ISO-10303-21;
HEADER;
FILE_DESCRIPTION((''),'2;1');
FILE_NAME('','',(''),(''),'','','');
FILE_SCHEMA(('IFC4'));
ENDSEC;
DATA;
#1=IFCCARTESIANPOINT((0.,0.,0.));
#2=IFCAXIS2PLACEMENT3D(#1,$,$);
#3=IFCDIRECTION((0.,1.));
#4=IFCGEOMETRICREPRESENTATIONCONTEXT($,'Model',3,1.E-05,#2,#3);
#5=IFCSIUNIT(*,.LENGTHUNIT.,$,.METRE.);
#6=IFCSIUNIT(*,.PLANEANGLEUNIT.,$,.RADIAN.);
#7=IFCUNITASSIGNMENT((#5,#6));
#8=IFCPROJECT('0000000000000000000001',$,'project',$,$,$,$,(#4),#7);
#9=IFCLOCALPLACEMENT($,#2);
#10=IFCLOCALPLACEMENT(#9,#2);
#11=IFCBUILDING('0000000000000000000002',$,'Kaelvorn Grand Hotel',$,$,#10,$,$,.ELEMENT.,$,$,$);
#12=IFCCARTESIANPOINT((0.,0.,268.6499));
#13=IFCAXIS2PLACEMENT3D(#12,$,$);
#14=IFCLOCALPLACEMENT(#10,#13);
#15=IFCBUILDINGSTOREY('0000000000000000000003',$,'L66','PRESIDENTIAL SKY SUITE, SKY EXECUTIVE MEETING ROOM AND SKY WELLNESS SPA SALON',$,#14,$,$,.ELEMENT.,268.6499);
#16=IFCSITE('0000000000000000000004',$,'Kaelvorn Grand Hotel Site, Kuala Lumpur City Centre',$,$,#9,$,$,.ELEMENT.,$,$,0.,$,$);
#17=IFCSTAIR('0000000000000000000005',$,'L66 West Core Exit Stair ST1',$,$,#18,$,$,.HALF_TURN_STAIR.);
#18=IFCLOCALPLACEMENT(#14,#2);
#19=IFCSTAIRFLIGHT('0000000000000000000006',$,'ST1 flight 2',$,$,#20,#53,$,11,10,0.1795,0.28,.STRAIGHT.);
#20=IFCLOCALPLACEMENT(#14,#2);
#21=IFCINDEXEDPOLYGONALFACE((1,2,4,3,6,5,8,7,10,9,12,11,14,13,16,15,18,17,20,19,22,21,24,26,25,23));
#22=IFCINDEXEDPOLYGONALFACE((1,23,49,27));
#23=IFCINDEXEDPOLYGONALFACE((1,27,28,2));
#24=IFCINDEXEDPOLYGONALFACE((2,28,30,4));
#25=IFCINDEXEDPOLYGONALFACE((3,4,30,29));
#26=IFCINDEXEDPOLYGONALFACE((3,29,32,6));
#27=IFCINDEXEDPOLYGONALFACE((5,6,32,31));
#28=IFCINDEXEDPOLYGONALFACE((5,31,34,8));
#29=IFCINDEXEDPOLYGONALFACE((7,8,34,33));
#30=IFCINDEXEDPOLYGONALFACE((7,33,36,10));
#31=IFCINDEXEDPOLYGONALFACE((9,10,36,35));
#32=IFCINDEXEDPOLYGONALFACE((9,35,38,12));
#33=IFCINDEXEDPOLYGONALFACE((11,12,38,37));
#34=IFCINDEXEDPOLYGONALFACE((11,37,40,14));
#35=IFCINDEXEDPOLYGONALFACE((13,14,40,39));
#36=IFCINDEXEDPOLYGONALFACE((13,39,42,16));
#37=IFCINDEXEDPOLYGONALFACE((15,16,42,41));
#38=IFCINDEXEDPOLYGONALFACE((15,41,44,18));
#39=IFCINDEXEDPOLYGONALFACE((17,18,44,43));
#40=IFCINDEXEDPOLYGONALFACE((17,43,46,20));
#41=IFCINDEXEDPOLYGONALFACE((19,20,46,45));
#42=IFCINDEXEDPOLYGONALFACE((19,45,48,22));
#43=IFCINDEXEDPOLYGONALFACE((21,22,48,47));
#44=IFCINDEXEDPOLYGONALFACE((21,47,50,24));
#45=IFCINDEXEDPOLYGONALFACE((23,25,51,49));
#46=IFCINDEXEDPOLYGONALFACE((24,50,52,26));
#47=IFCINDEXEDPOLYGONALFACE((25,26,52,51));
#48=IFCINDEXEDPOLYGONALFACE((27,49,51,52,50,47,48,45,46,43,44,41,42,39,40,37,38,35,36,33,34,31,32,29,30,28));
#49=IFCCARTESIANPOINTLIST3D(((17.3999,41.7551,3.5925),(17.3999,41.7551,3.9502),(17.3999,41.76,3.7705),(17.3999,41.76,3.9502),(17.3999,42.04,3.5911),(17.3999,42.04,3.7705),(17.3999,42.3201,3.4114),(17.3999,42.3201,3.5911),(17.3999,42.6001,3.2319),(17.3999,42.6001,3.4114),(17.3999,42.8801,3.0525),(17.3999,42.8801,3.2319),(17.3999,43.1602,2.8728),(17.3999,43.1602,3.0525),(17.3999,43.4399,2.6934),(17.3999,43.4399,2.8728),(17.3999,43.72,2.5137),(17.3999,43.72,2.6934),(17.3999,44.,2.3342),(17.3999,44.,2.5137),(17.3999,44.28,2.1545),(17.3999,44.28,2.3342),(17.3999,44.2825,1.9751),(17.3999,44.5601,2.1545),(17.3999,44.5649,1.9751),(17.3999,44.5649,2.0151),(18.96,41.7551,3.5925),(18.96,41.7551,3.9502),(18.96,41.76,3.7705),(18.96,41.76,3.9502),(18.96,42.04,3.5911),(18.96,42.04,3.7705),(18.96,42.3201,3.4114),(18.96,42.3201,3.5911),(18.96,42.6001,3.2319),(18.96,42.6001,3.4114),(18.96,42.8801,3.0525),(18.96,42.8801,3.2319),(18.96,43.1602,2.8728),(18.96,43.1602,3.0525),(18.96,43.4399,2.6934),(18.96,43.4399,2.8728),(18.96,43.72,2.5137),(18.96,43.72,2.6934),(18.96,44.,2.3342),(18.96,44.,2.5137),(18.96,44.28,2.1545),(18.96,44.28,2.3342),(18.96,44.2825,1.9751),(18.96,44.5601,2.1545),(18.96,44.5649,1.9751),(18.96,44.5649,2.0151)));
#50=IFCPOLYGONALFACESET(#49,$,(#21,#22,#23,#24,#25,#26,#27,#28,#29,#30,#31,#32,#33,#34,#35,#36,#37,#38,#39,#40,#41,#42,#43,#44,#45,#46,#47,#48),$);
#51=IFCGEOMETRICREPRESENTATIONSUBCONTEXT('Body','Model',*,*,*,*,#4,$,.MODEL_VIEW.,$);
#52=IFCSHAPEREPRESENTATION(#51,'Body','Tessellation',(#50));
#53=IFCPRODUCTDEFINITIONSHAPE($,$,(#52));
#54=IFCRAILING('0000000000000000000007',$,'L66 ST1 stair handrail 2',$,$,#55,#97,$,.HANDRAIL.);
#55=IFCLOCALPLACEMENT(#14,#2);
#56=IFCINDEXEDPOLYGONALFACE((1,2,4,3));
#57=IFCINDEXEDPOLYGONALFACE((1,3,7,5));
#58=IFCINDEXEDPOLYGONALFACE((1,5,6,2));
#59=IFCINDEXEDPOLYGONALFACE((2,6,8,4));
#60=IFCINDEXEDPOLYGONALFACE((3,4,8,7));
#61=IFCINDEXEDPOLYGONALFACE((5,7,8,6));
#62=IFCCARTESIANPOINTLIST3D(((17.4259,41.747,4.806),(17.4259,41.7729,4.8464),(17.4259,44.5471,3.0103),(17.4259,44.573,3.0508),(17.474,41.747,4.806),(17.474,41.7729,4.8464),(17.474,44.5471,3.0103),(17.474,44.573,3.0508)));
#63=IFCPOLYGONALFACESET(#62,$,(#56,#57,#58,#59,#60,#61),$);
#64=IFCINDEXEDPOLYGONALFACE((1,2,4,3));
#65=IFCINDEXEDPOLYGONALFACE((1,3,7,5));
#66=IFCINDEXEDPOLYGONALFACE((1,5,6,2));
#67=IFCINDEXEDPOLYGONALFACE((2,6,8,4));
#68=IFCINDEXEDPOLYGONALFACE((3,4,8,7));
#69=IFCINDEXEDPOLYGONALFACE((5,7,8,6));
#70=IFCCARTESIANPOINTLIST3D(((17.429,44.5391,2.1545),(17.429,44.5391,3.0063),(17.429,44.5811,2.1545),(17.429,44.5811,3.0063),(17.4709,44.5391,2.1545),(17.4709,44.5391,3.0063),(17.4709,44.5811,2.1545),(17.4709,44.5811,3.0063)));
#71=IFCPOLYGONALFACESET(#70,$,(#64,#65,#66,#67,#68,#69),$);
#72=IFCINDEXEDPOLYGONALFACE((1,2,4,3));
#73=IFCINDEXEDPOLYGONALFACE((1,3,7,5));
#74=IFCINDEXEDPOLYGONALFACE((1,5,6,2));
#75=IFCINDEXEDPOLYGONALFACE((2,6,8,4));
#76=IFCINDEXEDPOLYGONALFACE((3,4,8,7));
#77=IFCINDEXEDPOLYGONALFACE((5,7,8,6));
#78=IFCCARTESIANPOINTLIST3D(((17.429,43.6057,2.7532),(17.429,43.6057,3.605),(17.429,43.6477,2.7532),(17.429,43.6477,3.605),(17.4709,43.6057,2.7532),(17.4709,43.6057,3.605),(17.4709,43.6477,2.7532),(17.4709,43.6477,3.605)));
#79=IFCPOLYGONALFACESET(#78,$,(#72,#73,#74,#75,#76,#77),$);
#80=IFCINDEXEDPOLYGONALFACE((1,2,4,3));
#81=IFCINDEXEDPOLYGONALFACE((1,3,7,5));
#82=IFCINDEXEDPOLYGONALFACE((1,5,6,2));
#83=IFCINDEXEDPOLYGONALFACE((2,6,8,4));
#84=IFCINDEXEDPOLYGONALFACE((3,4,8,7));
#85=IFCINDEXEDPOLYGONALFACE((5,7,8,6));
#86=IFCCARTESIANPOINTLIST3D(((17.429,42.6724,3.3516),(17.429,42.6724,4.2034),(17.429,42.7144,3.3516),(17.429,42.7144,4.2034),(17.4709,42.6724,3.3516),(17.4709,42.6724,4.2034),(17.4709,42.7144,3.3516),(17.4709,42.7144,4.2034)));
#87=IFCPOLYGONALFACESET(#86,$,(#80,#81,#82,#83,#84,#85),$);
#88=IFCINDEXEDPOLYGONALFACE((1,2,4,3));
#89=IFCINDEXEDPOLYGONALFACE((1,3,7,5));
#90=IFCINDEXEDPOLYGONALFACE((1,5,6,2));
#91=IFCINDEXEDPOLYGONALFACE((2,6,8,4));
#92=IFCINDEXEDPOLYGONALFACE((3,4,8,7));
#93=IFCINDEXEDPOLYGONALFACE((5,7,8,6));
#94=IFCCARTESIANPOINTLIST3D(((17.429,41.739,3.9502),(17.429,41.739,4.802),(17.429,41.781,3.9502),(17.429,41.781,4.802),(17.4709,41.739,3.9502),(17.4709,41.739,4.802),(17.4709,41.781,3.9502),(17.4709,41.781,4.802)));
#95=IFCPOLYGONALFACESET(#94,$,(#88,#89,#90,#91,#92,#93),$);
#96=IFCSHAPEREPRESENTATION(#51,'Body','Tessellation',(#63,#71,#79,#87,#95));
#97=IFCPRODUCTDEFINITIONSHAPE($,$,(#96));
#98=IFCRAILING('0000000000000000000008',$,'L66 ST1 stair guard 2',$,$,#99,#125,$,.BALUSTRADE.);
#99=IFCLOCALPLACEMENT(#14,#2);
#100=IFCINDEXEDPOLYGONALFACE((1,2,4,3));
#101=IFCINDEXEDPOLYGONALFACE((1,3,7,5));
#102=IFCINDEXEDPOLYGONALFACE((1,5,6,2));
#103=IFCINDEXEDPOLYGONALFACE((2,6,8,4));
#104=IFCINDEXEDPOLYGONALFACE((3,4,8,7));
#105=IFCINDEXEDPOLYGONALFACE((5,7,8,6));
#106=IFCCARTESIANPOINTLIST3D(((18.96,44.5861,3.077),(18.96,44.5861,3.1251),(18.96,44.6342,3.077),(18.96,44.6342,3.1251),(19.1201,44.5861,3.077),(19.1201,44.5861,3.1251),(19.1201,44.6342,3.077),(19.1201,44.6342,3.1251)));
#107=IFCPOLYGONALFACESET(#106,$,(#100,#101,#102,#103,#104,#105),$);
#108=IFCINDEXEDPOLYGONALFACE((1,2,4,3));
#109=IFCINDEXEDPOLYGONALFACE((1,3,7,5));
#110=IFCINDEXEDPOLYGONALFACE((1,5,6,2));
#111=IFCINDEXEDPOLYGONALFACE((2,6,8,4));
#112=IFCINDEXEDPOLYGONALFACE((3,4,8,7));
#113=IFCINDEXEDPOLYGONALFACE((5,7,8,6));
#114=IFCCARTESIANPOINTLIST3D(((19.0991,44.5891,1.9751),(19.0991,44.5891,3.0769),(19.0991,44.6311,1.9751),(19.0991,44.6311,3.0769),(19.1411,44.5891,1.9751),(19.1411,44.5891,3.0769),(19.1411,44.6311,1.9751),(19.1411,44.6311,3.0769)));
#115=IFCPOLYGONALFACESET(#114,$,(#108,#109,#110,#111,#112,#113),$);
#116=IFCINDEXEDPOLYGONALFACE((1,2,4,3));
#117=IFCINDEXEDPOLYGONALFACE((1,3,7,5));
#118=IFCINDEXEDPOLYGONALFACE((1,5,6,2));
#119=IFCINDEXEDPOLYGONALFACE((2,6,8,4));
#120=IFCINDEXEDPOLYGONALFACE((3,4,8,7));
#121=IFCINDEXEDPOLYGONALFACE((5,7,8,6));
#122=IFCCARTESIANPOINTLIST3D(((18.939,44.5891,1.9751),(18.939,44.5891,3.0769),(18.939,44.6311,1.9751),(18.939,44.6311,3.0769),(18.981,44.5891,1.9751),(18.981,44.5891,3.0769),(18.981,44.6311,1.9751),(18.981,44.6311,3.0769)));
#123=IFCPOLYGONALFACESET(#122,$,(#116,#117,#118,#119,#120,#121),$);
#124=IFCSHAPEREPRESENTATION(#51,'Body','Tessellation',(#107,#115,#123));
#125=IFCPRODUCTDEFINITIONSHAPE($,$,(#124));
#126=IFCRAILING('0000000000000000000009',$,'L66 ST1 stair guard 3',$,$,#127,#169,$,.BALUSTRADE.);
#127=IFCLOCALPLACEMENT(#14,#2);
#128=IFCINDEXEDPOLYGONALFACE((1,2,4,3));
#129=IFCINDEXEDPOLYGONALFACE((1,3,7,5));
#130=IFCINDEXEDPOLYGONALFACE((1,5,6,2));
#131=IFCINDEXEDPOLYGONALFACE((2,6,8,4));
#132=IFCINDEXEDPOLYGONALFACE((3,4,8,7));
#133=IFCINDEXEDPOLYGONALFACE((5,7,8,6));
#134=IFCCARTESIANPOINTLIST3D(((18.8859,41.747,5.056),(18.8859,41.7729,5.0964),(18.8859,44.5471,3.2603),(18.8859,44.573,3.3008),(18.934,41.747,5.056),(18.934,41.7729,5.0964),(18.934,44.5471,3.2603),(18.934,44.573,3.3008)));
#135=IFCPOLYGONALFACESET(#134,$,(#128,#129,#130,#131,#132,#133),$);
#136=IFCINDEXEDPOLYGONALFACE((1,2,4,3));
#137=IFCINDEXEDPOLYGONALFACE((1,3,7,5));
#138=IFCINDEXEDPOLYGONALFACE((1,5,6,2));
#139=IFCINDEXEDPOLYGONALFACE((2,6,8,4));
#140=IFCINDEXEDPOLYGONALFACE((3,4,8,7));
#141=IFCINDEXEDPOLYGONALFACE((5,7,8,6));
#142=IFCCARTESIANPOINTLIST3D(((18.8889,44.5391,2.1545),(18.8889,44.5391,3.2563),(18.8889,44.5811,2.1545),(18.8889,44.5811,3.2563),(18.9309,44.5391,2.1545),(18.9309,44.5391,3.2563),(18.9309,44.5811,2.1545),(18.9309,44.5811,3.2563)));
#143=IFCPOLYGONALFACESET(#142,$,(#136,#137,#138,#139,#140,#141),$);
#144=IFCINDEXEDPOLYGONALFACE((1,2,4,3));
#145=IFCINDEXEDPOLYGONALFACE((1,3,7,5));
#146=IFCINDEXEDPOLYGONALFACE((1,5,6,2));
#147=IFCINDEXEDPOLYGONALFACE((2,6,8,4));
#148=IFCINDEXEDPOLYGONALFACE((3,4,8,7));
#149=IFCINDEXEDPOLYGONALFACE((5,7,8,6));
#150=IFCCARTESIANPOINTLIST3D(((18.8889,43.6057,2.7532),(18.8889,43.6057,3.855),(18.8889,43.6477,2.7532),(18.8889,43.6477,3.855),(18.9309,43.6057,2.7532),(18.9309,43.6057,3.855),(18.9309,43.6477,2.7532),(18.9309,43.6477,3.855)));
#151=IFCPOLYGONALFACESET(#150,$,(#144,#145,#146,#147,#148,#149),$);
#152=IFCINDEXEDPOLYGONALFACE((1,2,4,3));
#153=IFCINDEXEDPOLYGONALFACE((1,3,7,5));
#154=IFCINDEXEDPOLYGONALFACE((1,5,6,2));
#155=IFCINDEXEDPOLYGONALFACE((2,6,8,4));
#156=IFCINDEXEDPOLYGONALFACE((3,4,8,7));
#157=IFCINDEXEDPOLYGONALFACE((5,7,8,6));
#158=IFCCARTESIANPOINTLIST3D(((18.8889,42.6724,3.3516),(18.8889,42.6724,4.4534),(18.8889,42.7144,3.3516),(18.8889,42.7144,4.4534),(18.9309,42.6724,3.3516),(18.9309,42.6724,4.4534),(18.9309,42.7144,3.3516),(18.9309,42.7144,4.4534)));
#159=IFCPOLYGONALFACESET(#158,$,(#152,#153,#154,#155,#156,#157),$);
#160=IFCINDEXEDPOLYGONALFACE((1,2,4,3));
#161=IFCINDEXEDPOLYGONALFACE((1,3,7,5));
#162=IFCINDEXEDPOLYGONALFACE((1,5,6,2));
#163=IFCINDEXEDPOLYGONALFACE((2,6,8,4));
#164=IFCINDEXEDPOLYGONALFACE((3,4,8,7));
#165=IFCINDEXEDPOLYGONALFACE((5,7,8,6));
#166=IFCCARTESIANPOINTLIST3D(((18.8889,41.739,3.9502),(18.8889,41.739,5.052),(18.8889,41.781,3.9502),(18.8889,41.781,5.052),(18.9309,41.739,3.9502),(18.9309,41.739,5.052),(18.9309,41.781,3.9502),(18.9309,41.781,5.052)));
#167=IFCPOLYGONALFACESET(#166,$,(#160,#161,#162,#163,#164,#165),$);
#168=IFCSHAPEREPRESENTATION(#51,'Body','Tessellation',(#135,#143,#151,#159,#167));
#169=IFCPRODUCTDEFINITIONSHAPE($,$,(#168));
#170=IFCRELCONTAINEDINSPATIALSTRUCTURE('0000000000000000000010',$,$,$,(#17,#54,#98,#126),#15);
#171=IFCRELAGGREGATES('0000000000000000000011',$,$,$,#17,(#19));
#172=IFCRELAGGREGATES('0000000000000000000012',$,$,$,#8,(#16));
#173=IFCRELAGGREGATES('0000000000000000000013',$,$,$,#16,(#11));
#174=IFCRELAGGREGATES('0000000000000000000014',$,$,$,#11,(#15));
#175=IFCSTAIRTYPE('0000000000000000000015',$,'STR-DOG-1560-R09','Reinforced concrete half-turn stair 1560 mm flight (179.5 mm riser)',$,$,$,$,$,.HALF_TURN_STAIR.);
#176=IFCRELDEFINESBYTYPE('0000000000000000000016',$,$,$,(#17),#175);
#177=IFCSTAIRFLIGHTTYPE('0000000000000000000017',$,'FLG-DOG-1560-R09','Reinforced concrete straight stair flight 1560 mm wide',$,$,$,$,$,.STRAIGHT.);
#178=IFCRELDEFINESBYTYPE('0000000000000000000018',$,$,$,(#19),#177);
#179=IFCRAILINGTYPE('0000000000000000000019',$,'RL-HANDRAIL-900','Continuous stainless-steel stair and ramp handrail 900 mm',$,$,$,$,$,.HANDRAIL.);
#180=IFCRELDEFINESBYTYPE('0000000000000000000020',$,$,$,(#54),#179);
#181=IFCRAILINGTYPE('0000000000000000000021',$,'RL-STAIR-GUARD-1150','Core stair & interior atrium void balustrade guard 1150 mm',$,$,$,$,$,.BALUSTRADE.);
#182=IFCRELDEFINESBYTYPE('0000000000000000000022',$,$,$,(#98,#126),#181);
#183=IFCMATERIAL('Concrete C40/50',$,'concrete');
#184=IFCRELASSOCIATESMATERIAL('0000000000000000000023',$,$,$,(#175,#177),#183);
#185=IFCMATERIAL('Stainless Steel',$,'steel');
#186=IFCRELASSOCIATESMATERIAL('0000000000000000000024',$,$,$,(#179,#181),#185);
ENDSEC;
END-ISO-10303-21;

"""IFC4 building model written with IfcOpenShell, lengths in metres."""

from ifc_helpers import new_model, si_unit, direction, frame, origin, origin_2d, place, context, subcontext, project, spatial, polyline, rectangle, outline, extrude, material, type_object, element, aggregate, save


model = new_model("IFC4")

# Units and contexts
model_context = context("Model", 3, precision=1e-05, world=origin(), true_north=direction((0.0, 1.0)))
body_context = subcontext(model_context, "Body", "Model", "MODEL_VIEW")
ifc_project = project(units=[si_unit("LENGTHUNIT", "METRE"), si_unit("PLANEANGLEUNIT", "RADIAN")], contexts=[model_context])

# Site, building, storey
site_placement = place(None, origin())
site = spatial("IfcSite", under=ifc_project, at=site_placement, Name="Kaelvorn Grand Hotel Site, Kuala Lumpur City Centre", CompositionType="ELEMENT", RefElevation=0.0)
building_placement = place(site_placement, origin())
building = spatial("IfcBuilding", under=site, at=building_placement, Name="Kaelvorn Grand Hotel", CompositionType="ELEMENT")
storey_placement = place(building_placement, frame((0.0, 0.0, 268.6499)))
storey = spatial("IfcBuildingStorey", under=building, at=storey_placement, Name="L66", Description="PRESIDENTIAL SKY SUITE, SKY EXECUTIVE MEETING ROOM AND SKY WELLNESS SPA SALON", CompositionType="ELEMENT", Elevation=268.6499)

# Shared definitions
ifc_material_1 = material(Name="Concrete C40/50", Category="concrete")

# Stair, stair flight
stair_type = type_object("IfcStairType", Name="STR-DOG-1560-R09", Description="Reinforced concrete half-turn stair 1560 mm flight (179.5 mm riser)", PredefinedType="HALF_TURN_STAIR", material=ifc_material_1)
stair_placement = place(storey_placement, origin())
stair = element("IfcStair", 1, at=stair_placement, inside=storey, type_object=stair_type, Name="L66 West Core Exit Stair ST1", PredefinedType="HALF_TURN_STAIR")
stair_flight_type = type_object("IfcStairFlightType", Name="FLG-DOG-1560-R09", Description="Reinforced concrete straight stair flight 1560 mm wide", PredefinedType="STRAIGHT", material=ifc_material_1)
stair_flight_placement = place(storey_placement, frame((18.1799, 44.5601, 1.9751), z_axis=(0.0, 0.0, 1.0), x_axis=(0.0, -1.0, 0.0)))
stair_flight = element("IfcStairFlight", 2, at=stair_flight_placement, type_object=stair_flight_type, Name="ST1 flight 2", NumberOfRisers=11, NumberOfTreads=10, PredefinedType="STRAIGHT", RiserHeight=0.1795, TreadLength=0.28, context=body_context, shape_type="SweptSolid", body=[
    extrude(outline(polyline([(-0.0049, 0.0), (-0.0049, 0.04), (0.0, 0.1794), (0.28, 0.1794), (0.28, 0.3591), (0.5601, 0.3591), (0.5601, 0.5386), (0.8401, 0.5386), (0.8401, 0.7183), (1.1201, 0.7183), (1.1201, 0.8977), (1.3999, 0.8977), (1.3999, 1.0774), (1.6799, 1.0774), (1.6799, 1.2568), (1.96, 1.2568), (1.96, 1.4363), (2.24, 1.4363), (2.24, 1.616), (2.52, 1.616), (2.52, 1.7954), (2.8, 1.7954), (2.8, 1.9751), (2.8049, 1.9751), (2.8049, 1.6174), (0.2776, 0.0), (-0.0049, 0.0)])), frame((0.0, 0.78, 0.0), z_axis=(0.0, -1.0, 0.0), x_axis=(1.0, 0.0, 0.0)), (0.0, 0.0, 1.0), 1.5601),
])
aggregate(stair, [stair_flight])

# Railings
ifc_material_2 = material(Name="Stainless Steel", Category="steel")
railing_type_1 = type_object("IfcRailingType", Name="RL-HANDRAIL-900", Description="Continuous stainless-steel stair and ramp handrail 900 mm", PredefinedType="HANDRAIL", material=ifc_material_2)
railing_1_placement = place(storey_placement, frame((17.45, 44.5601, 2.1545)))
element("IfcRailing", 3, at=railing_1_placement, inside=storey, type_object=railing_type_1, Name="L66 ST1 stair handrail 2", PredefinedType="HANDRAIL", context=body_context, shape_type="SweptSolid", body=[
    extrude(rectangle(XDim=0.0481, YDim=0.0481, at=origin_2d()), frame((0.0, 0.0, 0.876), z_axis=(0.0, -0.841777, 0.539826), x_axis=(1.0, 0.0, 0.0)), (0.0, 0.0, 1.0), 3.3264),
    extrude(rectangle(XDim=0.042, YDim=0.042, at=origin_2d()), origin(), (0.0, 0.0, 1.0), 0.8518),
    extrude(rectangle(XDim=0.042, YDim=0.042, at=origin_2d()), frame((0.0, -0.9333, 0.5986)), (0.0, 0.0, 1.0), 0.8518),
    extrude(rectangle(XDim=0.042, YDim=0.042, at=origin_2d()), frame((0.0, -1.8667, 1.197)), (0.0, 0.0, 1.0), 0.8518),
    extrude(rectangle(XDim=0.042, YDim=0.042, at=origin_2d()), frame((0.0, -2.8, 1.7957)), (0.0, 0.0, 1.0), 0.8518),
])
railing_type_2 = type_object("IfcRailingType", Name="RL-STAIR-GUARD-1150", Description="Core stair & interior atrium void balustrade guard 1150 mm", PredefinedType="BALUSTRADE", material=ifc_material_2)
railing_2_placement = place(storey_placement, frame((19.1201, 44.6101, 1.9751)))
element("IfcRailing", 4, at=railing_2_placement, inside=storey, type_object=railing_type_2, Name="L66 ST1 stair guard 2", PredefinedType="BALUSTRADE", context=body_context, shape_type="SweptSolid", body=[
    extrude(rectangle(XDim=0.0481, YDim=0.0481, at=origin_2d()), frame((0.0, 0.0, 1.126), z_axis=(-1.0, 0.0, 0.0), x_axis=(0.0, -1.0, 0.0)), (0.0, 0.0, 1.0), 0.1602),
    extrude(rectangle(XDim=0.042, YDim=0.042, at=origin_2d()), origin(), (0.0, 0.0, 1.0), 1.1018),
    extrude(rectangle(XDim=0.042, YDim=0.042, at=origin_2d()), frame((-0.1602, 0.0, 0.0)), (0.0, 0.0, 1.0), 1.1018),
])
railing_3_placement = place(storey_placement, frame((18.9099, 44.5601, 2.1545)))
element("IfcRailing", 5, at=railing_3_placement, inside=storey, type_object=railing_type_2, Name="L66 ST1 stair guard 3", PredefinedType="BALUSTRADE", context=body_context, shape_type="SweptSolid", body=[
    extrude(rectangle(XDim=0.0481, YDim=0.0481, at=origin_2d()), frame((0.0, 0.0, 1.126), z_axis=(0.0, -0.841777, 0.539826), x_axis=(1.0, 0.0, 0.0)), (0.0, 0.0, 1.0), 3.3264),
    extrude(rectangle(XDim=0.042, YDim=0.042, at=origin_2d()), origin(), (0.0, 0.0, 1.0), 1.1018),
    extrude(rectangle(XDim=0.042, YDim=0.042, at=origin_2d()), frame((0.0, -0.9333, 0.5986)), (0.0, 0.0, 1.0), 1.1018),
    extrude(rectangle(XDim=0.042, YDim=0.042, at=origin_2d()), frame((0.0, -1.8667, 1.197)), (0.0, 0.0, 1.0), 1.1018),
    extrude(rectangle(XDim=0.042, YDim=0.042, at=origin_2d()), frame((0.0, -2.8, 1.7957)), (0.0, 0.0, 1.0), 1.1018),
])

save(model, "model.ifc")
